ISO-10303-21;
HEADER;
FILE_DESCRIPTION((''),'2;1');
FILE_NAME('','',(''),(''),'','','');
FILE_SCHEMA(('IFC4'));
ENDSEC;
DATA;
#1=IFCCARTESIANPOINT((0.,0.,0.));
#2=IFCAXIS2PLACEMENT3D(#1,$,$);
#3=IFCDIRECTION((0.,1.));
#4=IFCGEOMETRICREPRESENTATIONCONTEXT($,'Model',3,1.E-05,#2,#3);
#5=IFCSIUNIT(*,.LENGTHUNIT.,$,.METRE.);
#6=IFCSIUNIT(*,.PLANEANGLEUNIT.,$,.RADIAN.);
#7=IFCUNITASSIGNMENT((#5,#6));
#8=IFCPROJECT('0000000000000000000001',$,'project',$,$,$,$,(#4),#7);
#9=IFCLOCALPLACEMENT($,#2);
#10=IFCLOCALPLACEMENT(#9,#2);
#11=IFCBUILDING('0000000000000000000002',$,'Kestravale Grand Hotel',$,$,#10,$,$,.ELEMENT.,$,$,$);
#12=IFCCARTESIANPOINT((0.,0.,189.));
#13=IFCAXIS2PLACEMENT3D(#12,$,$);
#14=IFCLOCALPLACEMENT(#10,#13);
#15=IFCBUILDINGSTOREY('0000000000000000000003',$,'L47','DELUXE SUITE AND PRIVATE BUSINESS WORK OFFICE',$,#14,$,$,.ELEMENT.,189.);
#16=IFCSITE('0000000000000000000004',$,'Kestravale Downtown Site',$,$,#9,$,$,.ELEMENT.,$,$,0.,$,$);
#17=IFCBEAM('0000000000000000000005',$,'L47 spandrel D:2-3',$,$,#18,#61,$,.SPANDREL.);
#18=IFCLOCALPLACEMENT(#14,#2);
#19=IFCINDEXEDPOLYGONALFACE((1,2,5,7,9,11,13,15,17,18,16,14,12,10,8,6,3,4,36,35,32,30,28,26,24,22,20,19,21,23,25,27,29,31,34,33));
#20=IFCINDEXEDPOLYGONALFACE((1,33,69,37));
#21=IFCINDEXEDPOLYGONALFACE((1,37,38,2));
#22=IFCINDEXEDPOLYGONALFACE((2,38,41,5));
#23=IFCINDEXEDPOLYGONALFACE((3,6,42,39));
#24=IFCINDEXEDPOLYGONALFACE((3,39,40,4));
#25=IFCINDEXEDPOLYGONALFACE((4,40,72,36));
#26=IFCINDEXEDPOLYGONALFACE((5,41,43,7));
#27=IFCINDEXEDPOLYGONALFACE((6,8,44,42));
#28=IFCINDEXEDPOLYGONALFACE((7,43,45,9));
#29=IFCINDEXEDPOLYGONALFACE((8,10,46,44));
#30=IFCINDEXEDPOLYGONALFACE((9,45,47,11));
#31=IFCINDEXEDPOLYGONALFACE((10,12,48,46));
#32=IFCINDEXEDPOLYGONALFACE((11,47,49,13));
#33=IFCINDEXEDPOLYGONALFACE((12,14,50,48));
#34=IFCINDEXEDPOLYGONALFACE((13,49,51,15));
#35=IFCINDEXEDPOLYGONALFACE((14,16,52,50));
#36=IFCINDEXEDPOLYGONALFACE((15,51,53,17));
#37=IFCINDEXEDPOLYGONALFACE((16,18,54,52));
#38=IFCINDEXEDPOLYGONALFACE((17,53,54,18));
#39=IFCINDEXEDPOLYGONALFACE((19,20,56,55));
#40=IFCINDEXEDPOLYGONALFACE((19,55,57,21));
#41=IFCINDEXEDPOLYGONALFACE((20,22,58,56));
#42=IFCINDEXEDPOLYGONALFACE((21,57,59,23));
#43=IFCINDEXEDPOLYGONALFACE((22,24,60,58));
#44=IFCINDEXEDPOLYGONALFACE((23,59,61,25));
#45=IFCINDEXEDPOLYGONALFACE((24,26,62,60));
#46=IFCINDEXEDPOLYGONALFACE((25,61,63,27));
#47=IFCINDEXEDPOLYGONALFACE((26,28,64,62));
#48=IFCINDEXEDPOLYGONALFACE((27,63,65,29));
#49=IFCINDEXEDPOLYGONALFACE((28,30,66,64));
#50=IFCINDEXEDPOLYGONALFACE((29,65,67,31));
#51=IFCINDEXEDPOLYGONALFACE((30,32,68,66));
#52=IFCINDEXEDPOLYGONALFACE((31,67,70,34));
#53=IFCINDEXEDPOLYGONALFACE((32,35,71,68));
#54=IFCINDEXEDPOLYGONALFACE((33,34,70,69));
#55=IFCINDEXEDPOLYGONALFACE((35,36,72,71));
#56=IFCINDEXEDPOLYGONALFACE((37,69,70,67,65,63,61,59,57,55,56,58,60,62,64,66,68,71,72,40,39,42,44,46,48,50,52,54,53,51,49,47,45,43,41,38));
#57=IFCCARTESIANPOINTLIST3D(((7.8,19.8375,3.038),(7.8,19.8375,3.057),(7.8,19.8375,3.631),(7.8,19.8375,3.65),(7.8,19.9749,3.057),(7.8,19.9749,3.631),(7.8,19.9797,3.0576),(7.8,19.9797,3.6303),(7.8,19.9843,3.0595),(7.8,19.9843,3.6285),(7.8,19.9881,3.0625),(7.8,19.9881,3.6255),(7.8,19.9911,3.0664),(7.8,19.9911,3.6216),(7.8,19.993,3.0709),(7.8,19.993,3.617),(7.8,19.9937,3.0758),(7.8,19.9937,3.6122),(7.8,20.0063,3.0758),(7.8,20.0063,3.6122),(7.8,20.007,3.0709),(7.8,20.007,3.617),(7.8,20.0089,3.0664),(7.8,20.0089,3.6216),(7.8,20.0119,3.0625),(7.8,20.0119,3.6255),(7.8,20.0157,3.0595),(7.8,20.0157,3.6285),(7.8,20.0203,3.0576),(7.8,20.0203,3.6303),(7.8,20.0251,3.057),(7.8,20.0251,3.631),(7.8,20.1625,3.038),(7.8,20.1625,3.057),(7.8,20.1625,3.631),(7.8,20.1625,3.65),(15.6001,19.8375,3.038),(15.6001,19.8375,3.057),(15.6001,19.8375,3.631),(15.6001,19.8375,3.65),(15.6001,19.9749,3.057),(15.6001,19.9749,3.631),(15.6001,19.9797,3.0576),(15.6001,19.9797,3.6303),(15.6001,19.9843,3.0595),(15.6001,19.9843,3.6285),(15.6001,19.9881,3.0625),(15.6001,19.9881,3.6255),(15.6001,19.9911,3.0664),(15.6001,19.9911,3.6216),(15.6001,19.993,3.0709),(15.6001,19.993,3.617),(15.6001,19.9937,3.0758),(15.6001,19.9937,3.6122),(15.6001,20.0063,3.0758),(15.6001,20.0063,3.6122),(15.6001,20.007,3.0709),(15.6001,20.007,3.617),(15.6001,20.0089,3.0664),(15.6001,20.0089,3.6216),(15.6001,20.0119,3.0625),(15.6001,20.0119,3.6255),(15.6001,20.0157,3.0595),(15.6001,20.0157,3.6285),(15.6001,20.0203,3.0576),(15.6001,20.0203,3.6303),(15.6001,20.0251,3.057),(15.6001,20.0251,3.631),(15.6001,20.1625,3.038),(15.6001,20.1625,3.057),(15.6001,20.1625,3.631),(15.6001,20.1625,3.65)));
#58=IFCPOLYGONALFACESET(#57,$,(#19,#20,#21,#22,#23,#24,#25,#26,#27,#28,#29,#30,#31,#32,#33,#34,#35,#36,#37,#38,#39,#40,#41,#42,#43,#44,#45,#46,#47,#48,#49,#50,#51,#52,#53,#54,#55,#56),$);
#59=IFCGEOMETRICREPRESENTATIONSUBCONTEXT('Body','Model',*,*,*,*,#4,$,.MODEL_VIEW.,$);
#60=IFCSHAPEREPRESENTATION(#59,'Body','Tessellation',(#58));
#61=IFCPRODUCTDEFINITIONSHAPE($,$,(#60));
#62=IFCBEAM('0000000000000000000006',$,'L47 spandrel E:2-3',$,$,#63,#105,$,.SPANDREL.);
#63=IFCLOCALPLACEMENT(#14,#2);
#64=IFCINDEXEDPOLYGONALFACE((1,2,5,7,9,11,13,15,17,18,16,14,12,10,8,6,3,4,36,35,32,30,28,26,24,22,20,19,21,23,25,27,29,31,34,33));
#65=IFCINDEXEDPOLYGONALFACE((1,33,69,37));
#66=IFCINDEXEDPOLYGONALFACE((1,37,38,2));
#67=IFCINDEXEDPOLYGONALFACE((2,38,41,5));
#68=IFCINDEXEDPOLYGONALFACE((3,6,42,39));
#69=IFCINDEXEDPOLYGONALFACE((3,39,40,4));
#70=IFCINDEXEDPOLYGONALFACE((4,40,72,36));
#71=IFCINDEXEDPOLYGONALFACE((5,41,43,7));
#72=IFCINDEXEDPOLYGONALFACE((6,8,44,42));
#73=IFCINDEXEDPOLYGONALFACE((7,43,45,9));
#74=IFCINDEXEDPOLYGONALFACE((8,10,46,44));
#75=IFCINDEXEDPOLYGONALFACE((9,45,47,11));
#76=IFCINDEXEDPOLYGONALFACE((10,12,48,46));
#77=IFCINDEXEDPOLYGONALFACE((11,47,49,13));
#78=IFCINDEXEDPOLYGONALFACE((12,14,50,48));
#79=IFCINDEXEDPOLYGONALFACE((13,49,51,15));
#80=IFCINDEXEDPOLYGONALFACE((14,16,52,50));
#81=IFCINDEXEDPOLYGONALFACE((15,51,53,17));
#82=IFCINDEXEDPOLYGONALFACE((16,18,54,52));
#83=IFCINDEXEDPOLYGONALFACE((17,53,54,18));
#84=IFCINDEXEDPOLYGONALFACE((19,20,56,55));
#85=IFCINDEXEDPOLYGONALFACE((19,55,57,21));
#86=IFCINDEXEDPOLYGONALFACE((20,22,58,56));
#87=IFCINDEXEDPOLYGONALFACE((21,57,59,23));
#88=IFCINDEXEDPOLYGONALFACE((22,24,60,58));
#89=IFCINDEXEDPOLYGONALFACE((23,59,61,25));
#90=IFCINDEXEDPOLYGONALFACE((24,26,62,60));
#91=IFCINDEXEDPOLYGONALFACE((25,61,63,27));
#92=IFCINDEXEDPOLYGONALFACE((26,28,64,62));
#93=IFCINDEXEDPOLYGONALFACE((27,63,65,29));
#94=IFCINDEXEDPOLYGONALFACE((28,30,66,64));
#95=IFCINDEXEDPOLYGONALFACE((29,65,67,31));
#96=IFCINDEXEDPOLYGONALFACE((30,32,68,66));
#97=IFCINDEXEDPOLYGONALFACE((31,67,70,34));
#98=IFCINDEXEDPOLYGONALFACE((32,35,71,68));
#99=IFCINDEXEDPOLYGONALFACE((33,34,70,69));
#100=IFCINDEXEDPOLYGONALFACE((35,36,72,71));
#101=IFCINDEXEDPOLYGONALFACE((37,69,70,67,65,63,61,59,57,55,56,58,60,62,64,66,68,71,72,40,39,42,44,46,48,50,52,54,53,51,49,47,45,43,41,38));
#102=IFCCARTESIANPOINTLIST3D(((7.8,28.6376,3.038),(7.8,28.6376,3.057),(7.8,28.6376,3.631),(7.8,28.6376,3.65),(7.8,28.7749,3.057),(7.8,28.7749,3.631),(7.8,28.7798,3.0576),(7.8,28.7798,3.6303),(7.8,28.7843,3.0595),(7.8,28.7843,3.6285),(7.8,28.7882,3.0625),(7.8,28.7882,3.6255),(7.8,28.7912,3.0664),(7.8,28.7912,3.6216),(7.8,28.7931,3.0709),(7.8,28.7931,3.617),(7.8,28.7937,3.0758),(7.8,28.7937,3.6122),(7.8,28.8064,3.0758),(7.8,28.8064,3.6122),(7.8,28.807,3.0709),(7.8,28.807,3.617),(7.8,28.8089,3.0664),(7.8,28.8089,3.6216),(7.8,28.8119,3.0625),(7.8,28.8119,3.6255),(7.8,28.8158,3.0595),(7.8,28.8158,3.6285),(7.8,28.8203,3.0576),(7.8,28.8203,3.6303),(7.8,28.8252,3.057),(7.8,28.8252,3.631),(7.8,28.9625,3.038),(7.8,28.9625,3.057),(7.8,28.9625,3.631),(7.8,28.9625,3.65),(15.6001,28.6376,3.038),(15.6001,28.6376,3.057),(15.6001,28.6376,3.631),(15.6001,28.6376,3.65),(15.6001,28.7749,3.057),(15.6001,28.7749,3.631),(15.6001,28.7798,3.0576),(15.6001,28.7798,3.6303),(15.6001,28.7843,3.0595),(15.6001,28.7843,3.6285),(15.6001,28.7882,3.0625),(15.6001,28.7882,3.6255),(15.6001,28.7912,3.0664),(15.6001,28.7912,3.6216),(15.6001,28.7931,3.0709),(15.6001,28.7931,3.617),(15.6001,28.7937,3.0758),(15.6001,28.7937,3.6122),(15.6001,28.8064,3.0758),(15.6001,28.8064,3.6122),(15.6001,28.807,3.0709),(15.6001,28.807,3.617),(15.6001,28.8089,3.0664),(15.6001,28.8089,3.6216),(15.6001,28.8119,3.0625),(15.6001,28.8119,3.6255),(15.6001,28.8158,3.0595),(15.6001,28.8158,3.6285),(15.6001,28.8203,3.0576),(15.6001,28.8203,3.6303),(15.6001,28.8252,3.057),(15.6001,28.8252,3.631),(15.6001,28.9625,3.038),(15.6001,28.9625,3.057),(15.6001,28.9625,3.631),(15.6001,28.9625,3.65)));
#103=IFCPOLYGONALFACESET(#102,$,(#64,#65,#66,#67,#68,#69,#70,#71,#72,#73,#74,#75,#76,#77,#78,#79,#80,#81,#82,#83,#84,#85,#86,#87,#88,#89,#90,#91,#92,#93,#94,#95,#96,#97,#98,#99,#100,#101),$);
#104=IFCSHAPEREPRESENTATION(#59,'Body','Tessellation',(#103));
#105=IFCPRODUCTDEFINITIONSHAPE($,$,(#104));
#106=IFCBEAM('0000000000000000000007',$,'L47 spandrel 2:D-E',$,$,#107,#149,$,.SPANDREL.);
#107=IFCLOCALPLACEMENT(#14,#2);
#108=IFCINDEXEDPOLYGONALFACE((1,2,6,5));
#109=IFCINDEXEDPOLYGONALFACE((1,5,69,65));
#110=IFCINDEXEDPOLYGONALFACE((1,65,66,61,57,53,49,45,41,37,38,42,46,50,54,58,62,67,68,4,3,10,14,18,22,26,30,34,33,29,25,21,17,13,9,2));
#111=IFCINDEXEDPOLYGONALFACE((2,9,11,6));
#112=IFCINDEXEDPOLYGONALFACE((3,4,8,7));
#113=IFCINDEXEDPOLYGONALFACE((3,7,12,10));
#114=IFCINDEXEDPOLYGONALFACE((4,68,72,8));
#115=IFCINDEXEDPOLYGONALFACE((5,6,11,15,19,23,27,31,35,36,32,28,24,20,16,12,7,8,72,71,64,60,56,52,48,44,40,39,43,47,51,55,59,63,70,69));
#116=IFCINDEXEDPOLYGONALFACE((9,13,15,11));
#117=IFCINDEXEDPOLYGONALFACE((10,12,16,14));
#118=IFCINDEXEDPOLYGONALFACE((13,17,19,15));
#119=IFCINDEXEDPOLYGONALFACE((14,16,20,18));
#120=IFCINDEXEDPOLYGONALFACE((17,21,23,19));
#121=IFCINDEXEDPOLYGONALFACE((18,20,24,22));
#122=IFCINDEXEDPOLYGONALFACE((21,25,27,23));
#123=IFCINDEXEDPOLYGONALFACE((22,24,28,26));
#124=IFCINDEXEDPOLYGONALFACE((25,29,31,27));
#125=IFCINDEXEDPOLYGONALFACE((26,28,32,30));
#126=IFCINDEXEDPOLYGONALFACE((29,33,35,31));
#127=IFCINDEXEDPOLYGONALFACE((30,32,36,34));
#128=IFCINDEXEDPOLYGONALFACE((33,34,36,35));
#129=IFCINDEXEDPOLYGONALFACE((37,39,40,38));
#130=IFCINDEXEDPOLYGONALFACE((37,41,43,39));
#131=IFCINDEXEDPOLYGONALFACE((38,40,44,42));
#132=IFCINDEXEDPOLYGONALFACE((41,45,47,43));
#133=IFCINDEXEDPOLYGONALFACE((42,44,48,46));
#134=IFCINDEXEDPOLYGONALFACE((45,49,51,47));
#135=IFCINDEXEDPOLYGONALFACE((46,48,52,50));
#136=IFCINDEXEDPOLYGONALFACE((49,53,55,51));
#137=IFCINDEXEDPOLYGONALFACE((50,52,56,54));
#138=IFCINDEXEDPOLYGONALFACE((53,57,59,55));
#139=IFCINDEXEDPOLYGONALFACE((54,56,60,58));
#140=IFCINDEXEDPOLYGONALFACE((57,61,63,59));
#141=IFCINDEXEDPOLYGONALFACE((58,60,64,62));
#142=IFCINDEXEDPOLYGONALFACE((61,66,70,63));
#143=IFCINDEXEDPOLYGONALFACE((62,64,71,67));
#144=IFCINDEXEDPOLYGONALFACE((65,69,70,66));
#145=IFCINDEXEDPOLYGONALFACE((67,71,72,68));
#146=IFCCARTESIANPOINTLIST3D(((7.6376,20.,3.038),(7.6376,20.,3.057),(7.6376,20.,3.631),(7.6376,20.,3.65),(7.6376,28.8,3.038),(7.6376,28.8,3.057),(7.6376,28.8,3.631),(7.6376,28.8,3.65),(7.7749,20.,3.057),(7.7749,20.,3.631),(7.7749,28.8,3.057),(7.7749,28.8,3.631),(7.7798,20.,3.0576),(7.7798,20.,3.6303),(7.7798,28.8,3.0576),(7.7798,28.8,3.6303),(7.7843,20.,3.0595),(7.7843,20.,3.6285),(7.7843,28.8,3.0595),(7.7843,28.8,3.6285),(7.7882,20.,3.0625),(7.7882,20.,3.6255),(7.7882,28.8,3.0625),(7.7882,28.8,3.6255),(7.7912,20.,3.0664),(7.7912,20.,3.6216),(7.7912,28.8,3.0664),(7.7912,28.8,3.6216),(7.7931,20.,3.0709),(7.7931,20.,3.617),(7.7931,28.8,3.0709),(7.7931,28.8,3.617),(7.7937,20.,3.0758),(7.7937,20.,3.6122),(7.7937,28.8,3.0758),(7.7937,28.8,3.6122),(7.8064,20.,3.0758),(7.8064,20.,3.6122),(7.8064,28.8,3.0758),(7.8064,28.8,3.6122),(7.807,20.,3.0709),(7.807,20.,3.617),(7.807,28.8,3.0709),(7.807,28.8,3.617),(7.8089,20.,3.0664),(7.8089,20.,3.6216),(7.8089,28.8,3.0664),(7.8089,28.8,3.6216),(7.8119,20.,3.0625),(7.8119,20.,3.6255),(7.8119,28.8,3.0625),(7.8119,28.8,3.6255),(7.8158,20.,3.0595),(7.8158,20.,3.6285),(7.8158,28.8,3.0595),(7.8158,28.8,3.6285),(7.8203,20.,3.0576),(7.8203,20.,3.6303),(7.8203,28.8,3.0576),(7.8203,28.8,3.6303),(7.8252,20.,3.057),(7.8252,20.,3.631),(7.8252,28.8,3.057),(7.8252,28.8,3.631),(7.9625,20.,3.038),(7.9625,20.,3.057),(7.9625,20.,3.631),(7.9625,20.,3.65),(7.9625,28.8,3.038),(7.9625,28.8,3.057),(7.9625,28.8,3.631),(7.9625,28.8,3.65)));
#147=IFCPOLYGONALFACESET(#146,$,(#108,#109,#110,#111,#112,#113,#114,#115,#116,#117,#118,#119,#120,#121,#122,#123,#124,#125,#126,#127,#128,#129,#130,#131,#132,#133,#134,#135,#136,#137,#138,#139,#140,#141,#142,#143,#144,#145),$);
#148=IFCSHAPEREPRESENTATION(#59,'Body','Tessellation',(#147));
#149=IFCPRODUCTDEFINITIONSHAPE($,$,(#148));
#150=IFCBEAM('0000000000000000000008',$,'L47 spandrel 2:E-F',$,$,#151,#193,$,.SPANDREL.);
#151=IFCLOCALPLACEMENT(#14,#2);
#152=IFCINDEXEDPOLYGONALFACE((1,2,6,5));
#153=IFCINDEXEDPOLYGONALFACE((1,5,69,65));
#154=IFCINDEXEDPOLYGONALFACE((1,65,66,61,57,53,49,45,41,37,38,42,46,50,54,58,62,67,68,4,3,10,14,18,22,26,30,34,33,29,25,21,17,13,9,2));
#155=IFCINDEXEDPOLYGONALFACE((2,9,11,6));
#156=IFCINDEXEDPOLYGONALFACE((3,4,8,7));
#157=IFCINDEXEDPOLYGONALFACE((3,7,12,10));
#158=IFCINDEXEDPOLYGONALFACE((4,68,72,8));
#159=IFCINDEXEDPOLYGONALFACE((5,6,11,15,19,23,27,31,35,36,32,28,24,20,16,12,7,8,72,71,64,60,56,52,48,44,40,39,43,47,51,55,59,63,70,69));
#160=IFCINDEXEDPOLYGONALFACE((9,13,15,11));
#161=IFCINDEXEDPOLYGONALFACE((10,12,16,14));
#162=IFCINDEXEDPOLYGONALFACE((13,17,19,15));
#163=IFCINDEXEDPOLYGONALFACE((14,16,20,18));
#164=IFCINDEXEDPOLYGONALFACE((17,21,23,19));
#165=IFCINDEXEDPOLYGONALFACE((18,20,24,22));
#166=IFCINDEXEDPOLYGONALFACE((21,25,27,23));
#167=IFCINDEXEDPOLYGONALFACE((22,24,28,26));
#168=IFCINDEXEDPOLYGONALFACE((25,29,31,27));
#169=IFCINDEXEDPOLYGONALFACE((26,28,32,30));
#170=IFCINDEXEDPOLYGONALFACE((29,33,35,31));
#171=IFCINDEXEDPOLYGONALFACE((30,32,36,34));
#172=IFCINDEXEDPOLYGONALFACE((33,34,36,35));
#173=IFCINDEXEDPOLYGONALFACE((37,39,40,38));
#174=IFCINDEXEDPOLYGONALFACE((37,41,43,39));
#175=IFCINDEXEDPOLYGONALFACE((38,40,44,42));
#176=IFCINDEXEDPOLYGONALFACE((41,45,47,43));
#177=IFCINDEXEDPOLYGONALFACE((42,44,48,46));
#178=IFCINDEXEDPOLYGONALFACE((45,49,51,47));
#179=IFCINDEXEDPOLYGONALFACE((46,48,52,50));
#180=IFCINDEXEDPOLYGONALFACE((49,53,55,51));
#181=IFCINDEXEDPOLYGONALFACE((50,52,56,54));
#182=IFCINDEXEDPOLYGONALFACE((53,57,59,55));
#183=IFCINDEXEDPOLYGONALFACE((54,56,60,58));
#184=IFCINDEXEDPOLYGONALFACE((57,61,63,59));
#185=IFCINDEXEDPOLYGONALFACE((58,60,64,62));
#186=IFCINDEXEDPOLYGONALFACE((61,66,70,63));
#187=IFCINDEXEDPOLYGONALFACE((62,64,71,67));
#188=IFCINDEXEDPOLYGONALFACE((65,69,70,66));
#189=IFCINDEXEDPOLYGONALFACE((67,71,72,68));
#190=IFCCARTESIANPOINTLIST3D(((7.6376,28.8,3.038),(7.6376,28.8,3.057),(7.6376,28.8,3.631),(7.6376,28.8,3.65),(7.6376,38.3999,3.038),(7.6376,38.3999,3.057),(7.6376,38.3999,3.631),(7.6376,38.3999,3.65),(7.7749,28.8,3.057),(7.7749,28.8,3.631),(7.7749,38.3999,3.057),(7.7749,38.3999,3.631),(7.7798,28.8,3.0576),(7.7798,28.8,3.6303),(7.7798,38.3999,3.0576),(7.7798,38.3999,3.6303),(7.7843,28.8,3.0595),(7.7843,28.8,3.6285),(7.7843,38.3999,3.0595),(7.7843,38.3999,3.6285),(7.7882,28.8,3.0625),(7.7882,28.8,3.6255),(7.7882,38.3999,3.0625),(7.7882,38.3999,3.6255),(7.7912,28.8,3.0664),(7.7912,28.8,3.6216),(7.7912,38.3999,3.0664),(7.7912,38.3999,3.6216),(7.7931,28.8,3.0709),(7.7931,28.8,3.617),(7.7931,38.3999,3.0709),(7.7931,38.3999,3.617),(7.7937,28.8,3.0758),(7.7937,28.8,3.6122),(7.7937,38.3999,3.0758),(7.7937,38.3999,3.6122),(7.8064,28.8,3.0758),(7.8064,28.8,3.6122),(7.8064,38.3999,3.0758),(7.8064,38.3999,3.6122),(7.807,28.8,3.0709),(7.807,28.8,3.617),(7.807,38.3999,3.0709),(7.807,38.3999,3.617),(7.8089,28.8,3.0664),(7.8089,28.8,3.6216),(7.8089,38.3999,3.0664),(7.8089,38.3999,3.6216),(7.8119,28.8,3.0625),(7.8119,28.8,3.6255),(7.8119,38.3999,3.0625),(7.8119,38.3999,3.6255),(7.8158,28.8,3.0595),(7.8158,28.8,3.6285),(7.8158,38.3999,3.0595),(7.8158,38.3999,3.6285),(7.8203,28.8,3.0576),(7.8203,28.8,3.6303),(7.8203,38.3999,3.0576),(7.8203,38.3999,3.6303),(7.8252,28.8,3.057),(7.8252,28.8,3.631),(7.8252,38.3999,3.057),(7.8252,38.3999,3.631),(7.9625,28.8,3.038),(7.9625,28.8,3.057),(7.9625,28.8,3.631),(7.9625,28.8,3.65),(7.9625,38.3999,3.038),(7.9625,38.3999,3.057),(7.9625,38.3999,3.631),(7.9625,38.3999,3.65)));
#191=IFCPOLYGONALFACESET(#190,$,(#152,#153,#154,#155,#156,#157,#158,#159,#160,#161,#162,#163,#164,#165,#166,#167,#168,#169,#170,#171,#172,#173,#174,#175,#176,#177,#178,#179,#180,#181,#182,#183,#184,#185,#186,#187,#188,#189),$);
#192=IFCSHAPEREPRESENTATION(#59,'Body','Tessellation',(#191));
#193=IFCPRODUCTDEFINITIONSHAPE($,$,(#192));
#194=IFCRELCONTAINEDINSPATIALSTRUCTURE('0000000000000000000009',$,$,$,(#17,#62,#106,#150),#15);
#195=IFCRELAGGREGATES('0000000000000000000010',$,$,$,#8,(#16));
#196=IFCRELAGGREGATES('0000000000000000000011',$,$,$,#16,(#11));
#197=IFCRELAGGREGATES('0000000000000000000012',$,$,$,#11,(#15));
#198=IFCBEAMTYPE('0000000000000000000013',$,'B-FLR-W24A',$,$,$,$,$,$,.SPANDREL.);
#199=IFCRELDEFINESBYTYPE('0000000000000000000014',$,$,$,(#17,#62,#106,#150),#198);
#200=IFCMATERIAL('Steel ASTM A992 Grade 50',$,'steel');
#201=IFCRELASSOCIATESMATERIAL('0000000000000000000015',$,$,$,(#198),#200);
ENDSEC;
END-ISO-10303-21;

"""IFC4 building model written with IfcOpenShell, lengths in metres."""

from ifc_helpers import new_model, si_unit, direction, frame, origin, origin_2d, place, context, subcontext, project, spatial, i_section, extrude, material, material_profile, profile_set, type_object, element, save


model = new_model("IFC4")

# Units and contexts
model_context = context("Model", 3, precision=1e-05, world=origin(), true_north=direction((0.0, 1.0)))
body_context = subcontext(model_context, "Body", "Model", "MODEL_VIEW")
ifc_project = project(units=[si_unit("LENGTHUNIT", "METRE"), si_unit("PLANEANGLEUNIT", "RADIAN")], contexts=[model_context])

# Site, building, storey
site_placement = place(None, origin())
site = spatial("IfcSite", under=ifc_project, at=site_placement, Name="Kestravale Downtown Site", CompositionType="ELEMENT", RefElevation=0.0)
building_placement = place(site_placement, origin())
building = spatial("IfcBuilding", under=site, at=building_placement, Name="Kestravale Grand Hotel", CompositionType="ELEMENT")
storey_placement = place(building_placement, frame((0.0, 0.0, 189.0)))
storey = spatial("IfcBuildingStorey", under=building, at=storey_placement, Name="L47", Description="DELUXE SUITE AND PRIVATE BUSINESS WORK OFFICE", CompositionType="ELEMENT", Elevation=189.0)

# Beams
ifc_material_1 = material(Name="Steel ASTM A992 Grade 50", Category="steel")
ifc_material_profile_1 = material_profile(ifc_material_1, i_section(OverallWidth=0.325, OverallDepth=0.6121, WebThickness=0.0127, FlangeThickness=0.019, FilletRadius=0.0188, at=origin_2d()))
ifc_profile_set_1 = profile_set([ifc_material_profile_1], Name="Steel ASTM A992 Grade 50")
beam_type_1 = type_object("IfcBeamType", Name="B-FLR-W24A", PredefinedType="SPANDREL", material=ifc_profile_set_1)
for number, where, z_axis, x_axis, name in (
    (1, (7.8, 20.0, 3.344), (1.0, 0.0, 0.0), (0.0, 1.0, 0.0), "L47 spandrel D:2-3"),
    (2, (7.8, 28.8, 3.344), (1.0, 0.0, 0.0), (0.0, 1.0, 0.0), "L47 spandrel E:2-3"),
):
    element("IfcBeam", number, at=place(storey_placement, frame(where, z_axis=z_axis, x_axis=x_axis)), inside=storey, type_object=beam_type_1, Name=name, PredefinedType="SPANDREL", context=body_context, shape_type="SweptSolid", body=[
        extrude(i_section(OverallWidth=0.325, OverallDepth=0.6121, WebThickness=0.0127, FlangeThickness=0.019, FilletRadius=0.0188, at=origin_2d()), origin(), (0.0, 0.0, 1.0), 7.8),
    ])
beam_1_placement = place(storey_placement, frame((7.8, 20.0, 3.344), z_axis=(0.0, 1.0, 0.0), x_axis=(-1.0, 0.0, 0.0)))
element("IfcBeam", 3, at=beam_1_placement, inside=storey, type_object=beam_type_1, Name="L47 spandrel 2:D-E", PredefinedType="SPANDREL", context=body_context, shape_type="SweptSolid", body=[
    extrude(i_section(OverallWidth=0.325, OverallDepth=0.6121, WebThickness=0.0127, FlangeThickness=0.019, FilletRadius=0.0188, at=origin_2d()), origin(), (0.0, 0.0, 1.0), 8.8),
])
beam_2_placement = place(storey_placement, frame((7.8, 28.8, 3.344), z_axis=(0.0, 1.0, 0.0), x_axis=(-1.0, 0.0, 0.0)))
element("IfcBeam", 4, at=beam_2_placement, inside=storey, type_object=beam_type_1, Name="L47 spandrel 2:E-F", PredefinedType="SPANDREL", context=body_context, shape_type="SweptSolid", body=[
    extrude(i_section(OverallWidth=0.325, OverallDepth=0.6121, WebThickness=0.0127, FlangeThickness=0.019, FilletRadius=0.0188, at=origin_2d()), origin(), (0.0, 0.0, 1.0), 9.5999),
])

save(model, "model.ifc")
